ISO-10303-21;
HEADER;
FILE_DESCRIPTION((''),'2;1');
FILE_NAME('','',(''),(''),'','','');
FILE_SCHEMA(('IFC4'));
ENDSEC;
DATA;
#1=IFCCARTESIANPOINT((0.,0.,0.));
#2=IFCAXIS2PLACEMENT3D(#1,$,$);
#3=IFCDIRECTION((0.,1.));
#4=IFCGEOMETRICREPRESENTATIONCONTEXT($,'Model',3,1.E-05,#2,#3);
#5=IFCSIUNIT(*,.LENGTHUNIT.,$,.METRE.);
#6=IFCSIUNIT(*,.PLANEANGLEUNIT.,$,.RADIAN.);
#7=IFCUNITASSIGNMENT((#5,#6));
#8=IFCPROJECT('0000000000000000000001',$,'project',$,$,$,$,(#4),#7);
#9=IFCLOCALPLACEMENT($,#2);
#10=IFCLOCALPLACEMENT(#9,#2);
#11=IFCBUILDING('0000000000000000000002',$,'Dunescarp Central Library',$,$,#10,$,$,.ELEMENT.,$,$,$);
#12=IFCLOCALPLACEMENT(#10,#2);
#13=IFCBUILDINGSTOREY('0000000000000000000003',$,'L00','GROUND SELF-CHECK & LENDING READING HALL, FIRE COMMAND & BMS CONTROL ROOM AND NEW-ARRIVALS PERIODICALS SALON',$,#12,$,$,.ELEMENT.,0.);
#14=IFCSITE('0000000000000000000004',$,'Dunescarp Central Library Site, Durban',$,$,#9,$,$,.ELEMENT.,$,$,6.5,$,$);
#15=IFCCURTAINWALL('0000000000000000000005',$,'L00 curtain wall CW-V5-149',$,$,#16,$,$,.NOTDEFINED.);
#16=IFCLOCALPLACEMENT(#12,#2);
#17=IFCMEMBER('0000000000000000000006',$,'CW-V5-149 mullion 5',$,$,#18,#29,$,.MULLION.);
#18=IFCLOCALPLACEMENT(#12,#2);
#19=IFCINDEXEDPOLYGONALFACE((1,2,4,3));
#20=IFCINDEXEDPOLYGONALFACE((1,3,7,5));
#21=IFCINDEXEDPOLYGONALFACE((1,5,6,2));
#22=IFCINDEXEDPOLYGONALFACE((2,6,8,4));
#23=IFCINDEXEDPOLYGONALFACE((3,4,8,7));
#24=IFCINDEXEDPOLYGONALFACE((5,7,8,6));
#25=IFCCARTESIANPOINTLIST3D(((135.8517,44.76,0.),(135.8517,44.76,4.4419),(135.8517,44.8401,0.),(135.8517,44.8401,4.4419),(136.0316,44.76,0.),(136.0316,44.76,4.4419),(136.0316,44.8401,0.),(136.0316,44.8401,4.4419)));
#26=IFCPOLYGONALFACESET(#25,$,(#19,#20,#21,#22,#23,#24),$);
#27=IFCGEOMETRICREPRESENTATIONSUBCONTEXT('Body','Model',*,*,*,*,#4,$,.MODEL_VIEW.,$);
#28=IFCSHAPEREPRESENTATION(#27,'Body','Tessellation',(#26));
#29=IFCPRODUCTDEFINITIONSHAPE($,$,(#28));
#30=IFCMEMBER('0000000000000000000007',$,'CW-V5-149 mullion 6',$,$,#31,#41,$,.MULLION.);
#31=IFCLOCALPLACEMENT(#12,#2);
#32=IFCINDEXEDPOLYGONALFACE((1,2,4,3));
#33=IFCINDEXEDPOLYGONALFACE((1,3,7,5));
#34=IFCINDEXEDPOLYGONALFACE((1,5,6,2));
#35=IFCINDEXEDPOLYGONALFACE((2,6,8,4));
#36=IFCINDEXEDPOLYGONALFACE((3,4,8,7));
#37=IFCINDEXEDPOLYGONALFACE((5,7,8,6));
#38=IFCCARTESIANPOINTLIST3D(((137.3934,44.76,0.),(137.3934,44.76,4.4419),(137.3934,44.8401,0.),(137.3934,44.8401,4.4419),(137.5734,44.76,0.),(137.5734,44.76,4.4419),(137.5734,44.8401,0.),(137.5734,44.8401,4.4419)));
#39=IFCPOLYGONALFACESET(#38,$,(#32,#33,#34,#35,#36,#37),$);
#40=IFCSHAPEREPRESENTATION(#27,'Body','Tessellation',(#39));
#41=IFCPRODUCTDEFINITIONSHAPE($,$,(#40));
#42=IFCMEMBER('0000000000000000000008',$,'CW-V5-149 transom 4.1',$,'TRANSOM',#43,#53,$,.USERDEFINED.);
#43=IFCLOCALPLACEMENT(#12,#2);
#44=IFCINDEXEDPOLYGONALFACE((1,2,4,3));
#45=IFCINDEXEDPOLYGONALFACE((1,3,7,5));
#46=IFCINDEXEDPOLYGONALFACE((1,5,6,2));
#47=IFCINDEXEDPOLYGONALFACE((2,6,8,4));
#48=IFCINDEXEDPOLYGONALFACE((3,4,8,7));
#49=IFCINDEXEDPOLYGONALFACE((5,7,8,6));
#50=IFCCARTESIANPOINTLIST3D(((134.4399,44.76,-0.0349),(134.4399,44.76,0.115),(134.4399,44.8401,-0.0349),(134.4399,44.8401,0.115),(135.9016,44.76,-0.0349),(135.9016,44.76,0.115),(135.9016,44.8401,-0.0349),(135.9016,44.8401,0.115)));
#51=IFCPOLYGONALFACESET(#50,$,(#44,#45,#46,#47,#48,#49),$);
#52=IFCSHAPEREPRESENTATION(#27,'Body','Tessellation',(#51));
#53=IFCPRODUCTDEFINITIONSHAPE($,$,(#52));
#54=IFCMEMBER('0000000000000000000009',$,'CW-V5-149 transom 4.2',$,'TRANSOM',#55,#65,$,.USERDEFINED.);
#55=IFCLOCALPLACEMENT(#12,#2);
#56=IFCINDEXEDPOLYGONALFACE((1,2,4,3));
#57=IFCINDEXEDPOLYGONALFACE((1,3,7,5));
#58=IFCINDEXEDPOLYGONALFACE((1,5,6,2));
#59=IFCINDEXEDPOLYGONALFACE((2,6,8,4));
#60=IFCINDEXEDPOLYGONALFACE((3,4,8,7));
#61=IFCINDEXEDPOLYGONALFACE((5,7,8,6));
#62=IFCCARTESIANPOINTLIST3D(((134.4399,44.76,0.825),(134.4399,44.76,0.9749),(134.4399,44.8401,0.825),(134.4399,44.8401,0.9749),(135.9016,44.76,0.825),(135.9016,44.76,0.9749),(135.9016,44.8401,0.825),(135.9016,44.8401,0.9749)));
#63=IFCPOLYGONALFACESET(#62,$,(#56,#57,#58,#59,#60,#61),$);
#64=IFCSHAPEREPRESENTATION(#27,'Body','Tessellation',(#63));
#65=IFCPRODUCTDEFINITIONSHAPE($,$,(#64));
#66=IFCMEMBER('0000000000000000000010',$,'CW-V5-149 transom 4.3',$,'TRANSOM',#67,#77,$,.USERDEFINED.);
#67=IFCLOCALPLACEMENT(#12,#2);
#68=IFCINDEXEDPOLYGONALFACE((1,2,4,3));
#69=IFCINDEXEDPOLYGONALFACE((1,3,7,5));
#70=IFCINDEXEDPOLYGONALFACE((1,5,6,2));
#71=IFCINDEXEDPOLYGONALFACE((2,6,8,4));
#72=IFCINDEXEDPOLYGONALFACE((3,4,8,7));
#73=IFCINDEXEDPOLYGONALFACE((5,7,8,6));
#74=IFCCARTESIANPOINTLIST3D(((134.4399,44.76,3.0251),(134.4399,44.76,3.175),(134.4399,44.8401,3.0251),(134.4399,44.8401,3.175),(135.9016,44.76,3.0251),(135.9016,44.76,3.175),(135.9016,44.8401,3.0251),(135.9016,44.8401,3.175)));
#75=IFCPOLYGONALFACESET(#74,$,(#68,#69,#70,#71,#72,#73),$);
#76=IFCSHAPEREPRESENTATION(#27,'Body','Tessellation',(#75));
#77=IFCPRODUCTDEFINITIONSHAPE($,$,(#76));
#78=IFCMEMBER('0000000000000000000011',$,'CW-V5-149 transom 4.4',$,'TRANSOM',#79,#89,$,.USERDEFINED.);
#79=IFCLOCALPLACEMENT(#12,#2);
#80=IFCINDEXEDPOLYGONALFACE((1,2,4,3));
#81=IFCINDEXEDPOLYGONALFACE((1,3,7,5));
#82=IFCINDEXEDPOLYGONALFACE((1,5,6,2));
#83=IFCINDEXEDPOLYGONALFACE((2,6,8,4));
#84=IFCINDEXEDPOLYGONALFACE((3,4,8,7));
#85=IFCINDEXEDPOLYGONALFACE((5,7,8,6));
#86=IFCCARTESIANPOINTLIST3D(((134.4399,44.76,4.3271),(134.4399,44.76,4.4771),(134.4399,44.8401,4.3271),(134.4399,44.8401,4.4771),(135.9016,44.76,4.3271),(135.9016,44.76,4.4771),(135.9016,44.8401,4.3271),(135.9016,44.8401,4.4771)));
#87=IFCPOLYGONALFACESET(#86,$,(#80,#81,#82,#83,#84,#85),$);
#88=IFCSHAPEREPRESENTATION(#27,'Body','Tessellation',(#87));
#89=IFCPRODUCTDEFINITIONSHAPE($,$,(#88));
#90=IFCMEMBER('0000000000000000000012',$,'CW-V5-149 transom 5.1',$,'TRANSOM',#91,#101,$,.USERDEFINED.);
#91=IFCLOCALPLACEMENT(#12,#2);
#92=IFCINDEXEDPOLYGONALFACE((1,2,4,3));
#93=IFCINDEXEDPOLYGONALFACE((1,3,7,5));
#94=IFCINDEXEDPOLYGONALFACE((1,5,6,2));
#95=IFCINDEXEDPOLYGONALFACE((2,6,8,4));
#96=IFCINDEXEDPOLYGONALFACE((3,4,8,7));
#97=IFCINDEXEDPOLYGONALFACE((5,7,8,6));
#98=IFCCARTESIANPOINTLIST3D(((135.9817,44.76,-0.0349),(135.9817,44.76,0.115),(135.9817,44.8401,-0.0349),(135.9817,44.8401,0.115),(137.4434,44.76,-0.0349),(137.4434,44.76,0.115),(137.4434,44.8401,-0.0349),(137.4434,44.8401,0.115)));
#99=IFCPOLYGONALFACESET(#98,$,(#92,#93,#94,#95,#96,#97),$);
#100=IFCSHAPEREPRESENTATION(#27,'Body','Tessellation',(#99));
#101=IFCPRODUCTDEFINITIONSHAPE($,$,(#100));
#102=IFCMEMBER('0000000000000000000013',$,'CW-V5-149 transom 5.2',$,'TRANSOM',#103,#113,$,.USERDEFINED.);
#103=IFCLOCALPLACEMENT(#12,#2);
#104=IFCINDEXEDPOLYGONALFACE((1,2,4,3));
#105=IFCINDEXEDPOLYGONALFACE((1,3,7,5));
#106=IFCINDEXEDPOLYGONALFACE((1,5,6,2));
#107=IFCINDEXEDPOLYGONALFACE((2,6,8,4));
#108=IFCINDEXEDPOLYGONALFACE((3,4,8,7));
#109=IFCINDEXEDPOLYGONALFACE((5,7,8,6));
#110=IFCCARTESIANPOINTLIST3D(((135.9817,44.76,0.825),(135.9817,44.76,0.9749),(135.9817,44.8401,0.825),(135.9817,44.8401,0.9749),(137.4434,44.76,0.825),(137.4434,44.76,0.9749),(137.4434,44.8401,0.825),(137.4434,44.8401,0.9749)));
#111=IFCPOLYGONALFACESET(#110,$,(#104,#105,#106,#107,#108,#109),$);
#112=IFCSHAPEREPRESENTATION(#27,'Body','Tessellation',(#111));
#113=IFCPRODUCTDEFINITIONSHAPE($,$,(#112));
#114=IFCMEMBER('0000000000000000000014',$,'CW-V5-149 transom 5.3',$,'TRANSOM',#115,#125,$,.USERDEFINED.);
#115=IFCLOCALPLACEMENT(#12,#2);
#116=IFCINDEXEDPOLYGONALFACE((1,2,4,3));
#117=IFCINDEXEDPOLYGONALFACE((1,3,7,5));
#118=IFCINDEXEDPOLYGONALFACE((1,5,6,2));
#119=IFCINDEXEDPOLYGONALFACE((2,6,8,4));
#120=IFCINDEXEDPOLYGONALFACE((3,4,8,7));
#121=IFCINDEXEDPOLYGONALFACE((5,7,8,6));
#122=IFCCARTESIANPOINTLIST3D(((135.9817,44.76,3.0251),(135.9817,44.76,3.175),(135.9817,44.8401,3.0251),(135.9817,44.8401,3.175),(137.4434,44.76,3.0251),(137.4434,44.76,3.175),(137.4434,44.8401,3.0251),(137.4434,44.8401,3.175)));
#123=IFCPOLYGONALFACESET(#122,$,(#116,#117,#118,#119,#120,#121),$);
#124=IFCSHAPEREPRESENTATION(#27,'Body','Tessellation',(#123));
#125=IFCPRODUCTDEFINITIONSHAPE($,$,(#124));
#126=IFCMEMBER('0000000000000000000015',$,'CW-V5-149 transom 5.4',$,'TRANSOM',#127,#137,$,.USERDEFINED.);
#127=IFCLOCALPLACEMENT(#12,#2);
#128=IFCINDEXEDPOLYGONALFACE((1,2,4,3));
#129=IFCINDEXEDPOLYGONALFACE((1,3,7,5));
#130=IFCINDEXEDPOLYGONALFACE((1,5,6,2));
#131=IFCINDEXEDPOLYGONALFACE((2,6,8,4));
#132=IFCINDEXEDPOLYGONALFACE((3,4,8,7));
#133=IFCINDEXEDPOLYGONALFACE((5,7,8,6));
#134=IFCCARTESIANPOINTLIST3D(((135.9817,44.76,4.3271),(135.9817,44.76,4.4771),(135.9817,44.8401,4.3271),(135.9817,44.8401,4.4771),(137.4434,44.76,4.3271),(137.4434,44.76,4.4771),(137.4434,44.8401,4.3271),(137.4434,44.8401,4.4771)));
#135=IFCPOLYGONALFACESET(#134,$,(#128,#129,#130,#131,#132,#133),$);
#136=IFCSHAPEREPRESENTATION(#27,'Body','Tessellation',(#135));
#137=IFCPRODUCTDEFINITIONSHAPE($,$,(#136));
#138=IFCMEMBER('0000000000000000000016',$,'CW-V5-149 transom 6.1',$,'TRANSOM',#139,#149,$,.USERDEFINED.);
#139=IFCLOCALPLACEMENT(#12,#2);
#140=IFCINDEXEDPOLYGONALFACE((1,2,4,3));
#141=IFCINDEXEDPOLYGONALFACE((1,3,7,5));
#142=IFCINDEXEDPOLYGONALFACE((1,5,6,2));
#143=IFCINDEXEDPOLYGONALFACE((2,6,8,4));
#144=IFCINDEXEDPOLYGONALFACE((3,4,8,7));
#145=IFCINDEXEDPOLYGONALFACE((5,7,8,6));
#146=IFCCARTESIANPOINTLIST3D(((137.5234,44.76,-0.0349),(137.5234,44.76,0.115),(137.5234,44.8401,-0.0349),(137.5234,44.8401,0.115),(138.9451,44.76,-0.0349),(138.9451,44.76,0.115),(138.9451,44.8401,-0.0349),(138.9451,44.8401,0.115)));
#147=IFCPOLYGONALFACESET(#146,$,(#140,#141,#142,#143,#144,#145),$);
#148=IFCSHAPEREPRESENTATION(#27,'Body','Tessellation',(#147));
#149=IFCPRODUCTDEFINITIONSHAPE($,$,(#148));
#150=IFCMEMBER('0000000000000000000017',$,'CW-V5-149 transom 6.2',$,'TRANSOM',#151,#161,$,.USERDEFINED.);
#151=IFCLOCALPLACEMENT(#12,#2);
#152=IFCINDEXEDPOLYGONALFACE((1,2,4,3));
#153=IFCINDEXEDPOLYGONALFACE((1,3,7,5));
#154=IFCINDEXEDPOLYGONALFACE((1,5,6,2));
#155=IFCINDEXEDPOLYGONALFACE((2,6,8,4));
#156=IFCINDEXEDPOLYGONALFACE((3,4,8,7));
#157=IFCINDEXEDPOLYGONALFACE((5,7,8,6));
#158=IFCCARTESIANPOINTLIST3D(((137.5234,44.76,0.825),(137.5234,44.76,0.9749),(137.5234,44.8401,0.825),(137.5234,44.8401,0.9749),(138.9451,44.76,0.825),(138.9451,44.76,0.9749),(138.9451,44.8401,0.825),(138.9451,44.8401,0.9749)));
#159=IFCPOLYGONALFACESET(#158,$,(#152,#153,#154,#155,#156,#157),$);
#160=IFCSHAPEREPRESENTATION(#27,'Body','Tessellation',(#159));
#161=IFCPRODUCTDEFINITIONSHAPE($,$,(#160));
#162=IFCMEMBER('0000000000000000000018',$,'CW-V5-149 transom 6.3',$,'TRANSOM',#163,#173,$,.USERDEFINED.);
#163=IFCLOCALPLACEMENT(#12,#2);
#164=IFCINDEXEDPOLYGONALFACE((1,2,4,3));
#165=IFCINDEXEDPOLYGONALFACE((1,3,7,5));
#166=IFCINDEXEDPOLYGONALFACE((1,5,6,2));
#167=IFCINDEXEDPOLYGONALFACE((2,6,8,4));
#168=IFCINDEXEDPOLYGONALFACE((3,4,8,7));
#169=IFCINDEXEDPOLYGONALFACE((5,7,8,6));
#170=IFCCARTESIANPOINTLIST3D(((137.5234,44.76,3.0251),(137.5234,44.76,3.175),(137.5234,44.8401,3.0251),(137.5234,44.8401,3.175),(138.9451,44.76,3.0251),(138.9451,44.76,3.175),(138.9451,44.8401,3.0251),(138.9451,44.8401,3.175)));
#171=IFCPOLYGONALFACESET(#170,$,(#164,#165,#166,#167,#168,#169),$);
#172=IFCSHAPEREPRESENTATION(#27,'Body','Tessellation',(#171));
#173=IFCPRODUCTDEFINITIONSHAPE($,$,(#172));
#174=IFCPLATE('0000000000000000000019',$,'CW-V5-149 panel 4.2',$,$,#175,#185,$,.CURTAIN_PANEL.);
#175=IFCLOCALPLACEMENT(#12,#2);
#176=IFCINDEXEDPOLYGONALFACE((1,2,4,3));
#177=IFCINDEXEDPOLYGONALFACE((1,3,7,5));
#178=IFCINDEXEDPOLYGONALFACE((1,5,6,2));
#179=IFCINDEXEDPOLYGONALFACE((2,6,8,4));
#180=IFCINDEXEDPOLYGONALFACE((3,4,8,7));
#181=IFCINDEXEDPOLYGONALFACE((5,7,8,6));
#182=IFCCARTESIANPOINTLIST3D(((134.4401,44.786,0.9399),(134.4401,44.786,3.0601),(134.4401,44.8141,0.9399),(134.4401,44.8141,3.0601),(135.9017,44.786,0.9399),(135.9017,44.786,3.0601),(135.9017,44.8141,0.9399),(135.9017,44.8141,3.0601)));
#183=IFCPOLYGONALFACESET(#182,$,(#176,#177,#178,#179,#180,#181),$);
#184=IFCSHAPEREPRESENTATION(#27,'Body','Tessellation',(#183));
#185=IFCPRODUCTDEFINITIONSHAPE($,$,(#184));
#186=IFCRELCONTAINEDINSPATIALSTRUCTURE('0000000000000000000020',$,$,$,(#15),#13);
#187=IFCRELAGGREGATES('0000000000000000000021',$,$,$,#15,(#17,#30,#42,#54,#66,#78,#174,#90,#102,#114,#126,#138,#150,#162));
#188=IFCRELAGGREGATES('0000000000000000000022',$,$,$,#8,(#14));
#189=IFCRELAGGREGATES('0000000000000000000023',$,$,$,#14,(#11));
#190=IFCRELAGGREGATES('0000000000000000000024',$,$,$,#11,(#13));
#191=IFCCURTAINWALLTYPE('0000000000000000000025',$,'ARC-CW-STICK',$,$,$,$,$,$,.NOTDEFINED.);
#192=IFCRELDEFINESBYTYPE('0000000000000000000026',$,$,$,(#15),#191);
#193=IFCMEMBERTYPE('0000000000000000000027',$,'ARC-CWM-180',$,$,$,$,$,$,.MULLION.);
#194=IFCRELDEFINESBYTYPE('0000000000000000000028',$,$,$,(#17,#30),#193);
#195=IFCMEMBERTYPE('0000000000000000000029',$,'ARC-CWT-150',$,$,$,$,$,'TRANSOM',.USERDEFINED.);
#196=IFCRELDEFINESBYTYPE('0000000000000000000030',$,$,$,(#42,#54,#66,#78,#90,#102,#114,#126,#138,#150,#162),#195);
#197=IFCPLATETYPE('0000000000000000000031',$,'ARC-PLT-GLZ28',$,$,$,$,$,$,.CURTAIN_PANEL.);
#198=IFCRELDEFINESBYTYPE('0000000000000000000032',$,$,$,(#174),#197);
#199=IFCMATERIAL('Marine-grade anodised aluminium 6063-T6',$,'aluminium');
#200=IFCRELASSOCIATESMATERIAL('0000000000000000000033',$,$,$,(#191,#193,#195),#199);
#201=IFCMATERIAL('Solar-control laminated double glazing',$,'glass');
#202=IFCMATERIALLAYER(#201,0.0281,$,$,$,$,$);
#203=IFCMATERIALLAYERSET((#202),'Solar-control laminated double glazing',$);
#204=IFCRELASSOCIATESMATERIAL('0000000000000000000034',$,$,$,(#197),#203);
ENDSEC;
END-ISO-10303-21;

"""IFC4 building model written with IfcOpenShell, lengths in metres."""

from ifc_helpers import new_model, si_unit, direction, frame, origin, origin_2d, place, context, subcontext, project, spatial, rectangle, extrude, material, layer, layer_set, material_profile, profile_set, type_object, element, aggregate, save


model = new_model("IFC4")

# Units and contexts
model_context = context("Model", 3, precision=1e-05, world=origin(), true_north=direction((0.0, 1.0)))
body_context = subcontext(model_context, "Body", "Model", "MODEL_VIEW")
ifc_project = project(units=[si_unit("LENGTHUNIT", "METRE"), si_unit("PLANEANGLEUNIT", "RADIAN")], contexts=[model_context])

# Site, building, storey
site_placement = place(None, origin())
site = spatial("IfcSite", under=ifc_project, at=site_placement, Name="Dunescarp Central Library Site, Durban", CompositionType="ELEMENT", RefElevation=6.5)
building_placement = place(site_placement, origin())
building = spatial("IfcBuilding", under=site, at=building_placement, Name="Dunescarp Central Library", CompositionType="ELEMENT")
storey_placement = place(building_placement, origin())
storey = spatial("IfcBuildingStorey", under=building, at=storey_placement, Name="L00", Description="GROUND SELF-CHECK & LENDING READING HALL, FIRE COMMAND & BMS CONTROL ROOM AND NEW-ARRIVALS PERIODICALS SALON", CompositionType="ELEMENT", Elevation=0.0)

# Curtain wall, members, plate
ifc_material_1 = material(Name="Marine-grade anodised aluminium 6063-T6", Category="aluminium")
curtain_wall_type = type_object("IfcCurtainWallType", Name="ARC-CW-STICK", PredefinedType="NOTDEFINED", material=ifc_material_1)
curtain_wall_placement = place(storey_placement, origin())
curtain_wall = element("IfcCurtainWall", 1, at=curtain_wall_placement, inside=storey, type_object=curtain_wall_type, Name="L00 curtain wall CW-V5-149", PredefinedType="NOTDEFINED")
ifc_material_profile_1 = material_profile(ifc_material_1, rectangle(XDim=0.0801, YDim=0.1799, at=origin_2d()), Name="AL 80x180")
ifc_profile_set_1 = profile_set([ifc_material_profile_1], Name="Marine-grade anodised aluminium 6063-T6")
member_type_1 = type_object("IfcMemberType", Name="ARC-CWM-180", PredefinedType="MULLION", material=ifc_profile_set_1)
member_1_placement = place(storey_placement, frame((135.9417, 44.8, 0.0), z_axis=(0.0, 0.0, 1.0), x_axis=(0.0, 1.0, 0.0)))
member_1 = element("IfcMember", 2, at=member_1_placement, type_object=member_type_1, Name="CW-V5-149 mullion 5", PredefinedType="MULLION", context=body_context, shape_type="SweptSolid", body=[
    extrude(rectangle(XDim=0.0801, YDim=0.1799, at=origin_2d()), origin(), (0.0, 0.0, 1.0), 4.4419),
])
member_2_placement = place(storey_placement, frame((137.4834, 44.8, 0.0), z_axis=(0.0, 0.0, 1.0), x_axis=(0.0, 1.0, 0.0)))
member_2 = element("IfcMember", 3, at=member_2_placement, type_object=member_type_1, Name="CW-V5-149 mullion 6", PredefinedType="MULLION", context=body_context, shape_type="SweptSolid", body=[
    extrude(rectangle(XDim=0.0801, YDim=0.1799, at=origin_2d()), origin(), (0.0, 0.0, 1.0), 4.4419),
])
ifc_material_profile_2 = material_profile(ifc_material_1, rectangle(XDim=0.0801, YDim=0.1499, at=origin_2d()), Name="AL 80x150")
ifc_profile_set_2 = profile_set([ifc_material_profile_2], Name="Marine-grade anodised aluminium 6063-T6")
member_type_2 = type_object("IfcMemberType", Name="ARC-CWT-150", ElementType="TRANSOM", PredefinedType="USERDEFINED", material=ifc_profile_set_2)
member_3_placement = place(storey_placement, frame((134.4399, 44.8, 0.04), z_axis=(1.0, 0.0, 0.0), x_axis=(0.0, 1.0, 0.0)))
member_3 = element("IfcMember", 4, at=member_3_placement, type_object=member_type_2, Name="CW-V5-149 transom 4.1", ObjectType="TRANSOM", PredefinedType="USERDEFINED", context=body_context, shape_type="SweptSolid", body=[
    extrude(rectangle(XDim=0.0801, YDim=0.1499, at=origin_2d()), origin(), (0.0, 0.0, 1.0), 1.4617),
])
member_4_placement = place(storey_placement, frame((134.4399, 44.8, 0.8999), z_axis=(1.0, 0.0, 0.0), x_axis=(0.0, 1.0, 0.0)))
member_4 = element("IfcMember", 5, at=member_4_placement, type_object=member_type_2, Name="CW-V5-149 transom 4.2", ObjectType="TRANSOM", PredefinedType="USERDEFINED", context=body_context, shape_type="SweptSolid", body=[
    extrude(rectangle(XDim=0.0801, YDim=0.1499, at=origin_2d()), origin(), (0.0, 0.0, 1.0), 1.4617),
])
member_5_placement = place(storey_placement, frame((134.4399, 44.8, 3.1001), z_axis=(1.0, 0.0, 0.0), x_axis=(0.0, 1.0, 0.0)))
member_5 = element("IfcMember", 6, at=member_5_placement, type_object=member_type_2, Name="CW-V5-149 transom 4.3", ObjectType="TRANSOM", PredefinedType="USERDEFINED", context=body_context, shape_type="SweptSolid", body=[
    extrude(rectangle(XDim=0.0801, YDim=0.1499, at=origin_2d()), origin(), (0.0, 0.0, 1.0), 1.4617),
])
member_6_placement = place(storey_placement, frame((134.4399, 44.8, 4.4021), z_axis=(1.0, 0.0, 0.0), x_axis=(0.0, 1.0, 0.0)))
member_6 = element("IfcMember", 7, at=member_6_placement, type_object=member_type_2, Name="CW-V5-149 transom 4.4", ObjectType="TRANSOM", PredefinedType="USERDEFINED", context=body_context, shape_type="SweptSolid", body=[
    extrude(rectangle(XDim=0.0801, YDim=0.1499, at=origin_2d()), origin(), (0.0, 0.0, 1.0), 1.4617),
])
member_7_placement = place(storey_placement, frame((135.9817, 44.8, 0.04), z_axis=(1.0, 0.0, 0.0), x_axis=(0.0, 1.0, 0.0)))
member_7 = element("IfcMember", 8, at=member_7_placement, type_object=member_type_2, Name="CW-V5-149 transom 5.1", ObjectType="TRANSOM", PredefinedType="USERDEFINED", context=body_context, shape_type="SweptSolid", body=[
    extrude(rectangle(XDim=0.0801, YDim=0.1499, at=origin_2d()), origin(), (0.0, 0.0, 1.0), 1.4617),
])
member_8_placement = place(storey_placement, frame((135.9817, 44.8, 0.8999), z_axis=(1.0, 0.0, 0.0), x_axis=(0.0, 1.0, 0.0)))
member_8 = element("IfcMember", 9, at=member_8_placement, type_object=member_type_2, Name="CW-V5-149 transom 5.2", ObjectType="TRANSOM", PredefinedType="USERDEFINED", context=body_context, shape_type="SweptSolid", body=[
    extrude(rectangle(XDim=0.0801, YDim=0.1499, at=origin_2d()), origin(), (0.0, 0.0, 1.0), 1.4617),
])
member_9_placement = place(storey_placement, frame((135.9817, 44.8, 3.1001), z_axis=(1.0, 0.0, 0.0), x_axis=(0.0, 1.0, 0.0)))
member_9 = element("IfcMember", 10, at=member_9_placement, type_object=member_type_2, Name="CW-V5-149 transom 5.3", ObjectType="TRANSOM", PredefinedType="USERDEFINED", context=body_context, shape_type="SweptSolid", body=[
    extrude(rectangle(XDim=0.0801, YDim=0.1499, at=origin_2d()), origin(), (0.0, 0.0, 1.0), 1.4617),
])
member_10_placement = place(storey_placement, frame((135.9817, 44.8, 4.4021), z_axis=(1.0, 0.0, 0.0), x_axis=(0.0, 1.0, 0.0)))
member_10 = element("IfcMember", 11, at=member_10_placement, type_object=member_type_2, Name="CW-V5-149 transom 5.4", ObjectType="TRANSOM", PredefinedType="USERDEFINED", context=body_context, shape_type="SweptSolid", body=[
    extrude(rectangle(XDim=0.0801, YDim=0.1499, at=origin_2d()), origin(), (0.0, 0.0, 1.0), 1.4617),
])
member_11_placement = place(storey_placement, frame((137.5234, 44.8, 0.04), z_axis=(1.0, 0.0, 0.0), x_axis=(0.0, 1.0, 0.0)))
member_11 = element("IfcMember", 12, at=member_11_placement, type_object=member_type_2, Name="CW-V5-149 transom 6.1", ObjectType="TRANSOM", PredefinedType="USERDEFINED", context=body_context, shape_type="SweptSolid", body=[
    extrude(rectangle(XDim=0.0801, YDim=0.1499, at=origin_2d()), origin(), (0.0, 0.0, 1.0), 1.4216),
])
member_12_placement = place(storey_placement, frame((137.5234, 44.8, 0.8999), z_axis=(1.0, 0.0, 0.0), x_axis=(0.0, 1.0, 0.0)))
member_12 = element("IfcMember", 13, at=member_12_placement, type_object=member_type_2, Name="CW-V5-149 transom 6.2", ObjectType="TRANSOM", PredefinedType="USERDEFINED", context=body_context, shape_type="SweptSolid", body=[
    extrude(rectangle(XDim=0.0801, YDim=0.1499, at=origin_2d()), origin(), (0.0, 0.0, 1.0), 1.4216),
])
member_13_placement = place(storey_placement, frame((137.5234, 44.8, 3.1001), z_axis=(1.0, 0.0, 0.0), x_axis=(0.0, 1.0, 0.0)))
member_13 = element("IfcMember", 14, at=member_13_placement, type_object=member_type_2, Name="CW-V5-149 transom 6.3", ObjectType="TRANSOM", PredefinedType="USERDEFINED", context=body_context, shape_type="SweptSolid", body=[
    extrude(rectangle(XDim=0.0801, YDim=0.1499, at=origin_2d()), origin(), (0.0, 0.0, 1.0), 1.4216),
])
ifc_material_2 = material(Name="Solar-control laminated double glazing", Category="glass")
ifc_layer_1 = layer(ifc_material_2, 0.0281)
ifc_layer_set_1 = layer_set([ifc_layer_1], Name="Solar-control laminated double glazing")
plate_type_1 = type_object("IfcPlateType", Name="ARC-PLT-GLZ28", PredefinedType="CURTAIN_PANEL", material=ifc_layer_set_1)
plate_1_placement = place(storey_placement, frame((135.1709, 44.8, 0.9399), z_axis=(0.0, 0.0, 1.0), x_axis=(1.0, 0.0, 0.0)))
plate_1 = element("IfcPlate", 15, at=plate_1_placement, type_object=plate_type_1, Name="CW-V5-149 panel 4.2", PredefinedType="CURTAIN_PANEL", context=body_context, shape_type="SweptSolid", body=[
    extrude(rectangle(XDim=1.4617, YDim=0.0281, at=origin_2d()), origin(), (0.0, 0.0, 1.0), 2.1201),
])
aggregate(curtain_wall, [member_1, member_2, member_3, member_4, member_5, member_6, plate_1, member_7, member_8, member_9, member_10, member_11, member_12, member_13])

save(model, "model.ifc")
